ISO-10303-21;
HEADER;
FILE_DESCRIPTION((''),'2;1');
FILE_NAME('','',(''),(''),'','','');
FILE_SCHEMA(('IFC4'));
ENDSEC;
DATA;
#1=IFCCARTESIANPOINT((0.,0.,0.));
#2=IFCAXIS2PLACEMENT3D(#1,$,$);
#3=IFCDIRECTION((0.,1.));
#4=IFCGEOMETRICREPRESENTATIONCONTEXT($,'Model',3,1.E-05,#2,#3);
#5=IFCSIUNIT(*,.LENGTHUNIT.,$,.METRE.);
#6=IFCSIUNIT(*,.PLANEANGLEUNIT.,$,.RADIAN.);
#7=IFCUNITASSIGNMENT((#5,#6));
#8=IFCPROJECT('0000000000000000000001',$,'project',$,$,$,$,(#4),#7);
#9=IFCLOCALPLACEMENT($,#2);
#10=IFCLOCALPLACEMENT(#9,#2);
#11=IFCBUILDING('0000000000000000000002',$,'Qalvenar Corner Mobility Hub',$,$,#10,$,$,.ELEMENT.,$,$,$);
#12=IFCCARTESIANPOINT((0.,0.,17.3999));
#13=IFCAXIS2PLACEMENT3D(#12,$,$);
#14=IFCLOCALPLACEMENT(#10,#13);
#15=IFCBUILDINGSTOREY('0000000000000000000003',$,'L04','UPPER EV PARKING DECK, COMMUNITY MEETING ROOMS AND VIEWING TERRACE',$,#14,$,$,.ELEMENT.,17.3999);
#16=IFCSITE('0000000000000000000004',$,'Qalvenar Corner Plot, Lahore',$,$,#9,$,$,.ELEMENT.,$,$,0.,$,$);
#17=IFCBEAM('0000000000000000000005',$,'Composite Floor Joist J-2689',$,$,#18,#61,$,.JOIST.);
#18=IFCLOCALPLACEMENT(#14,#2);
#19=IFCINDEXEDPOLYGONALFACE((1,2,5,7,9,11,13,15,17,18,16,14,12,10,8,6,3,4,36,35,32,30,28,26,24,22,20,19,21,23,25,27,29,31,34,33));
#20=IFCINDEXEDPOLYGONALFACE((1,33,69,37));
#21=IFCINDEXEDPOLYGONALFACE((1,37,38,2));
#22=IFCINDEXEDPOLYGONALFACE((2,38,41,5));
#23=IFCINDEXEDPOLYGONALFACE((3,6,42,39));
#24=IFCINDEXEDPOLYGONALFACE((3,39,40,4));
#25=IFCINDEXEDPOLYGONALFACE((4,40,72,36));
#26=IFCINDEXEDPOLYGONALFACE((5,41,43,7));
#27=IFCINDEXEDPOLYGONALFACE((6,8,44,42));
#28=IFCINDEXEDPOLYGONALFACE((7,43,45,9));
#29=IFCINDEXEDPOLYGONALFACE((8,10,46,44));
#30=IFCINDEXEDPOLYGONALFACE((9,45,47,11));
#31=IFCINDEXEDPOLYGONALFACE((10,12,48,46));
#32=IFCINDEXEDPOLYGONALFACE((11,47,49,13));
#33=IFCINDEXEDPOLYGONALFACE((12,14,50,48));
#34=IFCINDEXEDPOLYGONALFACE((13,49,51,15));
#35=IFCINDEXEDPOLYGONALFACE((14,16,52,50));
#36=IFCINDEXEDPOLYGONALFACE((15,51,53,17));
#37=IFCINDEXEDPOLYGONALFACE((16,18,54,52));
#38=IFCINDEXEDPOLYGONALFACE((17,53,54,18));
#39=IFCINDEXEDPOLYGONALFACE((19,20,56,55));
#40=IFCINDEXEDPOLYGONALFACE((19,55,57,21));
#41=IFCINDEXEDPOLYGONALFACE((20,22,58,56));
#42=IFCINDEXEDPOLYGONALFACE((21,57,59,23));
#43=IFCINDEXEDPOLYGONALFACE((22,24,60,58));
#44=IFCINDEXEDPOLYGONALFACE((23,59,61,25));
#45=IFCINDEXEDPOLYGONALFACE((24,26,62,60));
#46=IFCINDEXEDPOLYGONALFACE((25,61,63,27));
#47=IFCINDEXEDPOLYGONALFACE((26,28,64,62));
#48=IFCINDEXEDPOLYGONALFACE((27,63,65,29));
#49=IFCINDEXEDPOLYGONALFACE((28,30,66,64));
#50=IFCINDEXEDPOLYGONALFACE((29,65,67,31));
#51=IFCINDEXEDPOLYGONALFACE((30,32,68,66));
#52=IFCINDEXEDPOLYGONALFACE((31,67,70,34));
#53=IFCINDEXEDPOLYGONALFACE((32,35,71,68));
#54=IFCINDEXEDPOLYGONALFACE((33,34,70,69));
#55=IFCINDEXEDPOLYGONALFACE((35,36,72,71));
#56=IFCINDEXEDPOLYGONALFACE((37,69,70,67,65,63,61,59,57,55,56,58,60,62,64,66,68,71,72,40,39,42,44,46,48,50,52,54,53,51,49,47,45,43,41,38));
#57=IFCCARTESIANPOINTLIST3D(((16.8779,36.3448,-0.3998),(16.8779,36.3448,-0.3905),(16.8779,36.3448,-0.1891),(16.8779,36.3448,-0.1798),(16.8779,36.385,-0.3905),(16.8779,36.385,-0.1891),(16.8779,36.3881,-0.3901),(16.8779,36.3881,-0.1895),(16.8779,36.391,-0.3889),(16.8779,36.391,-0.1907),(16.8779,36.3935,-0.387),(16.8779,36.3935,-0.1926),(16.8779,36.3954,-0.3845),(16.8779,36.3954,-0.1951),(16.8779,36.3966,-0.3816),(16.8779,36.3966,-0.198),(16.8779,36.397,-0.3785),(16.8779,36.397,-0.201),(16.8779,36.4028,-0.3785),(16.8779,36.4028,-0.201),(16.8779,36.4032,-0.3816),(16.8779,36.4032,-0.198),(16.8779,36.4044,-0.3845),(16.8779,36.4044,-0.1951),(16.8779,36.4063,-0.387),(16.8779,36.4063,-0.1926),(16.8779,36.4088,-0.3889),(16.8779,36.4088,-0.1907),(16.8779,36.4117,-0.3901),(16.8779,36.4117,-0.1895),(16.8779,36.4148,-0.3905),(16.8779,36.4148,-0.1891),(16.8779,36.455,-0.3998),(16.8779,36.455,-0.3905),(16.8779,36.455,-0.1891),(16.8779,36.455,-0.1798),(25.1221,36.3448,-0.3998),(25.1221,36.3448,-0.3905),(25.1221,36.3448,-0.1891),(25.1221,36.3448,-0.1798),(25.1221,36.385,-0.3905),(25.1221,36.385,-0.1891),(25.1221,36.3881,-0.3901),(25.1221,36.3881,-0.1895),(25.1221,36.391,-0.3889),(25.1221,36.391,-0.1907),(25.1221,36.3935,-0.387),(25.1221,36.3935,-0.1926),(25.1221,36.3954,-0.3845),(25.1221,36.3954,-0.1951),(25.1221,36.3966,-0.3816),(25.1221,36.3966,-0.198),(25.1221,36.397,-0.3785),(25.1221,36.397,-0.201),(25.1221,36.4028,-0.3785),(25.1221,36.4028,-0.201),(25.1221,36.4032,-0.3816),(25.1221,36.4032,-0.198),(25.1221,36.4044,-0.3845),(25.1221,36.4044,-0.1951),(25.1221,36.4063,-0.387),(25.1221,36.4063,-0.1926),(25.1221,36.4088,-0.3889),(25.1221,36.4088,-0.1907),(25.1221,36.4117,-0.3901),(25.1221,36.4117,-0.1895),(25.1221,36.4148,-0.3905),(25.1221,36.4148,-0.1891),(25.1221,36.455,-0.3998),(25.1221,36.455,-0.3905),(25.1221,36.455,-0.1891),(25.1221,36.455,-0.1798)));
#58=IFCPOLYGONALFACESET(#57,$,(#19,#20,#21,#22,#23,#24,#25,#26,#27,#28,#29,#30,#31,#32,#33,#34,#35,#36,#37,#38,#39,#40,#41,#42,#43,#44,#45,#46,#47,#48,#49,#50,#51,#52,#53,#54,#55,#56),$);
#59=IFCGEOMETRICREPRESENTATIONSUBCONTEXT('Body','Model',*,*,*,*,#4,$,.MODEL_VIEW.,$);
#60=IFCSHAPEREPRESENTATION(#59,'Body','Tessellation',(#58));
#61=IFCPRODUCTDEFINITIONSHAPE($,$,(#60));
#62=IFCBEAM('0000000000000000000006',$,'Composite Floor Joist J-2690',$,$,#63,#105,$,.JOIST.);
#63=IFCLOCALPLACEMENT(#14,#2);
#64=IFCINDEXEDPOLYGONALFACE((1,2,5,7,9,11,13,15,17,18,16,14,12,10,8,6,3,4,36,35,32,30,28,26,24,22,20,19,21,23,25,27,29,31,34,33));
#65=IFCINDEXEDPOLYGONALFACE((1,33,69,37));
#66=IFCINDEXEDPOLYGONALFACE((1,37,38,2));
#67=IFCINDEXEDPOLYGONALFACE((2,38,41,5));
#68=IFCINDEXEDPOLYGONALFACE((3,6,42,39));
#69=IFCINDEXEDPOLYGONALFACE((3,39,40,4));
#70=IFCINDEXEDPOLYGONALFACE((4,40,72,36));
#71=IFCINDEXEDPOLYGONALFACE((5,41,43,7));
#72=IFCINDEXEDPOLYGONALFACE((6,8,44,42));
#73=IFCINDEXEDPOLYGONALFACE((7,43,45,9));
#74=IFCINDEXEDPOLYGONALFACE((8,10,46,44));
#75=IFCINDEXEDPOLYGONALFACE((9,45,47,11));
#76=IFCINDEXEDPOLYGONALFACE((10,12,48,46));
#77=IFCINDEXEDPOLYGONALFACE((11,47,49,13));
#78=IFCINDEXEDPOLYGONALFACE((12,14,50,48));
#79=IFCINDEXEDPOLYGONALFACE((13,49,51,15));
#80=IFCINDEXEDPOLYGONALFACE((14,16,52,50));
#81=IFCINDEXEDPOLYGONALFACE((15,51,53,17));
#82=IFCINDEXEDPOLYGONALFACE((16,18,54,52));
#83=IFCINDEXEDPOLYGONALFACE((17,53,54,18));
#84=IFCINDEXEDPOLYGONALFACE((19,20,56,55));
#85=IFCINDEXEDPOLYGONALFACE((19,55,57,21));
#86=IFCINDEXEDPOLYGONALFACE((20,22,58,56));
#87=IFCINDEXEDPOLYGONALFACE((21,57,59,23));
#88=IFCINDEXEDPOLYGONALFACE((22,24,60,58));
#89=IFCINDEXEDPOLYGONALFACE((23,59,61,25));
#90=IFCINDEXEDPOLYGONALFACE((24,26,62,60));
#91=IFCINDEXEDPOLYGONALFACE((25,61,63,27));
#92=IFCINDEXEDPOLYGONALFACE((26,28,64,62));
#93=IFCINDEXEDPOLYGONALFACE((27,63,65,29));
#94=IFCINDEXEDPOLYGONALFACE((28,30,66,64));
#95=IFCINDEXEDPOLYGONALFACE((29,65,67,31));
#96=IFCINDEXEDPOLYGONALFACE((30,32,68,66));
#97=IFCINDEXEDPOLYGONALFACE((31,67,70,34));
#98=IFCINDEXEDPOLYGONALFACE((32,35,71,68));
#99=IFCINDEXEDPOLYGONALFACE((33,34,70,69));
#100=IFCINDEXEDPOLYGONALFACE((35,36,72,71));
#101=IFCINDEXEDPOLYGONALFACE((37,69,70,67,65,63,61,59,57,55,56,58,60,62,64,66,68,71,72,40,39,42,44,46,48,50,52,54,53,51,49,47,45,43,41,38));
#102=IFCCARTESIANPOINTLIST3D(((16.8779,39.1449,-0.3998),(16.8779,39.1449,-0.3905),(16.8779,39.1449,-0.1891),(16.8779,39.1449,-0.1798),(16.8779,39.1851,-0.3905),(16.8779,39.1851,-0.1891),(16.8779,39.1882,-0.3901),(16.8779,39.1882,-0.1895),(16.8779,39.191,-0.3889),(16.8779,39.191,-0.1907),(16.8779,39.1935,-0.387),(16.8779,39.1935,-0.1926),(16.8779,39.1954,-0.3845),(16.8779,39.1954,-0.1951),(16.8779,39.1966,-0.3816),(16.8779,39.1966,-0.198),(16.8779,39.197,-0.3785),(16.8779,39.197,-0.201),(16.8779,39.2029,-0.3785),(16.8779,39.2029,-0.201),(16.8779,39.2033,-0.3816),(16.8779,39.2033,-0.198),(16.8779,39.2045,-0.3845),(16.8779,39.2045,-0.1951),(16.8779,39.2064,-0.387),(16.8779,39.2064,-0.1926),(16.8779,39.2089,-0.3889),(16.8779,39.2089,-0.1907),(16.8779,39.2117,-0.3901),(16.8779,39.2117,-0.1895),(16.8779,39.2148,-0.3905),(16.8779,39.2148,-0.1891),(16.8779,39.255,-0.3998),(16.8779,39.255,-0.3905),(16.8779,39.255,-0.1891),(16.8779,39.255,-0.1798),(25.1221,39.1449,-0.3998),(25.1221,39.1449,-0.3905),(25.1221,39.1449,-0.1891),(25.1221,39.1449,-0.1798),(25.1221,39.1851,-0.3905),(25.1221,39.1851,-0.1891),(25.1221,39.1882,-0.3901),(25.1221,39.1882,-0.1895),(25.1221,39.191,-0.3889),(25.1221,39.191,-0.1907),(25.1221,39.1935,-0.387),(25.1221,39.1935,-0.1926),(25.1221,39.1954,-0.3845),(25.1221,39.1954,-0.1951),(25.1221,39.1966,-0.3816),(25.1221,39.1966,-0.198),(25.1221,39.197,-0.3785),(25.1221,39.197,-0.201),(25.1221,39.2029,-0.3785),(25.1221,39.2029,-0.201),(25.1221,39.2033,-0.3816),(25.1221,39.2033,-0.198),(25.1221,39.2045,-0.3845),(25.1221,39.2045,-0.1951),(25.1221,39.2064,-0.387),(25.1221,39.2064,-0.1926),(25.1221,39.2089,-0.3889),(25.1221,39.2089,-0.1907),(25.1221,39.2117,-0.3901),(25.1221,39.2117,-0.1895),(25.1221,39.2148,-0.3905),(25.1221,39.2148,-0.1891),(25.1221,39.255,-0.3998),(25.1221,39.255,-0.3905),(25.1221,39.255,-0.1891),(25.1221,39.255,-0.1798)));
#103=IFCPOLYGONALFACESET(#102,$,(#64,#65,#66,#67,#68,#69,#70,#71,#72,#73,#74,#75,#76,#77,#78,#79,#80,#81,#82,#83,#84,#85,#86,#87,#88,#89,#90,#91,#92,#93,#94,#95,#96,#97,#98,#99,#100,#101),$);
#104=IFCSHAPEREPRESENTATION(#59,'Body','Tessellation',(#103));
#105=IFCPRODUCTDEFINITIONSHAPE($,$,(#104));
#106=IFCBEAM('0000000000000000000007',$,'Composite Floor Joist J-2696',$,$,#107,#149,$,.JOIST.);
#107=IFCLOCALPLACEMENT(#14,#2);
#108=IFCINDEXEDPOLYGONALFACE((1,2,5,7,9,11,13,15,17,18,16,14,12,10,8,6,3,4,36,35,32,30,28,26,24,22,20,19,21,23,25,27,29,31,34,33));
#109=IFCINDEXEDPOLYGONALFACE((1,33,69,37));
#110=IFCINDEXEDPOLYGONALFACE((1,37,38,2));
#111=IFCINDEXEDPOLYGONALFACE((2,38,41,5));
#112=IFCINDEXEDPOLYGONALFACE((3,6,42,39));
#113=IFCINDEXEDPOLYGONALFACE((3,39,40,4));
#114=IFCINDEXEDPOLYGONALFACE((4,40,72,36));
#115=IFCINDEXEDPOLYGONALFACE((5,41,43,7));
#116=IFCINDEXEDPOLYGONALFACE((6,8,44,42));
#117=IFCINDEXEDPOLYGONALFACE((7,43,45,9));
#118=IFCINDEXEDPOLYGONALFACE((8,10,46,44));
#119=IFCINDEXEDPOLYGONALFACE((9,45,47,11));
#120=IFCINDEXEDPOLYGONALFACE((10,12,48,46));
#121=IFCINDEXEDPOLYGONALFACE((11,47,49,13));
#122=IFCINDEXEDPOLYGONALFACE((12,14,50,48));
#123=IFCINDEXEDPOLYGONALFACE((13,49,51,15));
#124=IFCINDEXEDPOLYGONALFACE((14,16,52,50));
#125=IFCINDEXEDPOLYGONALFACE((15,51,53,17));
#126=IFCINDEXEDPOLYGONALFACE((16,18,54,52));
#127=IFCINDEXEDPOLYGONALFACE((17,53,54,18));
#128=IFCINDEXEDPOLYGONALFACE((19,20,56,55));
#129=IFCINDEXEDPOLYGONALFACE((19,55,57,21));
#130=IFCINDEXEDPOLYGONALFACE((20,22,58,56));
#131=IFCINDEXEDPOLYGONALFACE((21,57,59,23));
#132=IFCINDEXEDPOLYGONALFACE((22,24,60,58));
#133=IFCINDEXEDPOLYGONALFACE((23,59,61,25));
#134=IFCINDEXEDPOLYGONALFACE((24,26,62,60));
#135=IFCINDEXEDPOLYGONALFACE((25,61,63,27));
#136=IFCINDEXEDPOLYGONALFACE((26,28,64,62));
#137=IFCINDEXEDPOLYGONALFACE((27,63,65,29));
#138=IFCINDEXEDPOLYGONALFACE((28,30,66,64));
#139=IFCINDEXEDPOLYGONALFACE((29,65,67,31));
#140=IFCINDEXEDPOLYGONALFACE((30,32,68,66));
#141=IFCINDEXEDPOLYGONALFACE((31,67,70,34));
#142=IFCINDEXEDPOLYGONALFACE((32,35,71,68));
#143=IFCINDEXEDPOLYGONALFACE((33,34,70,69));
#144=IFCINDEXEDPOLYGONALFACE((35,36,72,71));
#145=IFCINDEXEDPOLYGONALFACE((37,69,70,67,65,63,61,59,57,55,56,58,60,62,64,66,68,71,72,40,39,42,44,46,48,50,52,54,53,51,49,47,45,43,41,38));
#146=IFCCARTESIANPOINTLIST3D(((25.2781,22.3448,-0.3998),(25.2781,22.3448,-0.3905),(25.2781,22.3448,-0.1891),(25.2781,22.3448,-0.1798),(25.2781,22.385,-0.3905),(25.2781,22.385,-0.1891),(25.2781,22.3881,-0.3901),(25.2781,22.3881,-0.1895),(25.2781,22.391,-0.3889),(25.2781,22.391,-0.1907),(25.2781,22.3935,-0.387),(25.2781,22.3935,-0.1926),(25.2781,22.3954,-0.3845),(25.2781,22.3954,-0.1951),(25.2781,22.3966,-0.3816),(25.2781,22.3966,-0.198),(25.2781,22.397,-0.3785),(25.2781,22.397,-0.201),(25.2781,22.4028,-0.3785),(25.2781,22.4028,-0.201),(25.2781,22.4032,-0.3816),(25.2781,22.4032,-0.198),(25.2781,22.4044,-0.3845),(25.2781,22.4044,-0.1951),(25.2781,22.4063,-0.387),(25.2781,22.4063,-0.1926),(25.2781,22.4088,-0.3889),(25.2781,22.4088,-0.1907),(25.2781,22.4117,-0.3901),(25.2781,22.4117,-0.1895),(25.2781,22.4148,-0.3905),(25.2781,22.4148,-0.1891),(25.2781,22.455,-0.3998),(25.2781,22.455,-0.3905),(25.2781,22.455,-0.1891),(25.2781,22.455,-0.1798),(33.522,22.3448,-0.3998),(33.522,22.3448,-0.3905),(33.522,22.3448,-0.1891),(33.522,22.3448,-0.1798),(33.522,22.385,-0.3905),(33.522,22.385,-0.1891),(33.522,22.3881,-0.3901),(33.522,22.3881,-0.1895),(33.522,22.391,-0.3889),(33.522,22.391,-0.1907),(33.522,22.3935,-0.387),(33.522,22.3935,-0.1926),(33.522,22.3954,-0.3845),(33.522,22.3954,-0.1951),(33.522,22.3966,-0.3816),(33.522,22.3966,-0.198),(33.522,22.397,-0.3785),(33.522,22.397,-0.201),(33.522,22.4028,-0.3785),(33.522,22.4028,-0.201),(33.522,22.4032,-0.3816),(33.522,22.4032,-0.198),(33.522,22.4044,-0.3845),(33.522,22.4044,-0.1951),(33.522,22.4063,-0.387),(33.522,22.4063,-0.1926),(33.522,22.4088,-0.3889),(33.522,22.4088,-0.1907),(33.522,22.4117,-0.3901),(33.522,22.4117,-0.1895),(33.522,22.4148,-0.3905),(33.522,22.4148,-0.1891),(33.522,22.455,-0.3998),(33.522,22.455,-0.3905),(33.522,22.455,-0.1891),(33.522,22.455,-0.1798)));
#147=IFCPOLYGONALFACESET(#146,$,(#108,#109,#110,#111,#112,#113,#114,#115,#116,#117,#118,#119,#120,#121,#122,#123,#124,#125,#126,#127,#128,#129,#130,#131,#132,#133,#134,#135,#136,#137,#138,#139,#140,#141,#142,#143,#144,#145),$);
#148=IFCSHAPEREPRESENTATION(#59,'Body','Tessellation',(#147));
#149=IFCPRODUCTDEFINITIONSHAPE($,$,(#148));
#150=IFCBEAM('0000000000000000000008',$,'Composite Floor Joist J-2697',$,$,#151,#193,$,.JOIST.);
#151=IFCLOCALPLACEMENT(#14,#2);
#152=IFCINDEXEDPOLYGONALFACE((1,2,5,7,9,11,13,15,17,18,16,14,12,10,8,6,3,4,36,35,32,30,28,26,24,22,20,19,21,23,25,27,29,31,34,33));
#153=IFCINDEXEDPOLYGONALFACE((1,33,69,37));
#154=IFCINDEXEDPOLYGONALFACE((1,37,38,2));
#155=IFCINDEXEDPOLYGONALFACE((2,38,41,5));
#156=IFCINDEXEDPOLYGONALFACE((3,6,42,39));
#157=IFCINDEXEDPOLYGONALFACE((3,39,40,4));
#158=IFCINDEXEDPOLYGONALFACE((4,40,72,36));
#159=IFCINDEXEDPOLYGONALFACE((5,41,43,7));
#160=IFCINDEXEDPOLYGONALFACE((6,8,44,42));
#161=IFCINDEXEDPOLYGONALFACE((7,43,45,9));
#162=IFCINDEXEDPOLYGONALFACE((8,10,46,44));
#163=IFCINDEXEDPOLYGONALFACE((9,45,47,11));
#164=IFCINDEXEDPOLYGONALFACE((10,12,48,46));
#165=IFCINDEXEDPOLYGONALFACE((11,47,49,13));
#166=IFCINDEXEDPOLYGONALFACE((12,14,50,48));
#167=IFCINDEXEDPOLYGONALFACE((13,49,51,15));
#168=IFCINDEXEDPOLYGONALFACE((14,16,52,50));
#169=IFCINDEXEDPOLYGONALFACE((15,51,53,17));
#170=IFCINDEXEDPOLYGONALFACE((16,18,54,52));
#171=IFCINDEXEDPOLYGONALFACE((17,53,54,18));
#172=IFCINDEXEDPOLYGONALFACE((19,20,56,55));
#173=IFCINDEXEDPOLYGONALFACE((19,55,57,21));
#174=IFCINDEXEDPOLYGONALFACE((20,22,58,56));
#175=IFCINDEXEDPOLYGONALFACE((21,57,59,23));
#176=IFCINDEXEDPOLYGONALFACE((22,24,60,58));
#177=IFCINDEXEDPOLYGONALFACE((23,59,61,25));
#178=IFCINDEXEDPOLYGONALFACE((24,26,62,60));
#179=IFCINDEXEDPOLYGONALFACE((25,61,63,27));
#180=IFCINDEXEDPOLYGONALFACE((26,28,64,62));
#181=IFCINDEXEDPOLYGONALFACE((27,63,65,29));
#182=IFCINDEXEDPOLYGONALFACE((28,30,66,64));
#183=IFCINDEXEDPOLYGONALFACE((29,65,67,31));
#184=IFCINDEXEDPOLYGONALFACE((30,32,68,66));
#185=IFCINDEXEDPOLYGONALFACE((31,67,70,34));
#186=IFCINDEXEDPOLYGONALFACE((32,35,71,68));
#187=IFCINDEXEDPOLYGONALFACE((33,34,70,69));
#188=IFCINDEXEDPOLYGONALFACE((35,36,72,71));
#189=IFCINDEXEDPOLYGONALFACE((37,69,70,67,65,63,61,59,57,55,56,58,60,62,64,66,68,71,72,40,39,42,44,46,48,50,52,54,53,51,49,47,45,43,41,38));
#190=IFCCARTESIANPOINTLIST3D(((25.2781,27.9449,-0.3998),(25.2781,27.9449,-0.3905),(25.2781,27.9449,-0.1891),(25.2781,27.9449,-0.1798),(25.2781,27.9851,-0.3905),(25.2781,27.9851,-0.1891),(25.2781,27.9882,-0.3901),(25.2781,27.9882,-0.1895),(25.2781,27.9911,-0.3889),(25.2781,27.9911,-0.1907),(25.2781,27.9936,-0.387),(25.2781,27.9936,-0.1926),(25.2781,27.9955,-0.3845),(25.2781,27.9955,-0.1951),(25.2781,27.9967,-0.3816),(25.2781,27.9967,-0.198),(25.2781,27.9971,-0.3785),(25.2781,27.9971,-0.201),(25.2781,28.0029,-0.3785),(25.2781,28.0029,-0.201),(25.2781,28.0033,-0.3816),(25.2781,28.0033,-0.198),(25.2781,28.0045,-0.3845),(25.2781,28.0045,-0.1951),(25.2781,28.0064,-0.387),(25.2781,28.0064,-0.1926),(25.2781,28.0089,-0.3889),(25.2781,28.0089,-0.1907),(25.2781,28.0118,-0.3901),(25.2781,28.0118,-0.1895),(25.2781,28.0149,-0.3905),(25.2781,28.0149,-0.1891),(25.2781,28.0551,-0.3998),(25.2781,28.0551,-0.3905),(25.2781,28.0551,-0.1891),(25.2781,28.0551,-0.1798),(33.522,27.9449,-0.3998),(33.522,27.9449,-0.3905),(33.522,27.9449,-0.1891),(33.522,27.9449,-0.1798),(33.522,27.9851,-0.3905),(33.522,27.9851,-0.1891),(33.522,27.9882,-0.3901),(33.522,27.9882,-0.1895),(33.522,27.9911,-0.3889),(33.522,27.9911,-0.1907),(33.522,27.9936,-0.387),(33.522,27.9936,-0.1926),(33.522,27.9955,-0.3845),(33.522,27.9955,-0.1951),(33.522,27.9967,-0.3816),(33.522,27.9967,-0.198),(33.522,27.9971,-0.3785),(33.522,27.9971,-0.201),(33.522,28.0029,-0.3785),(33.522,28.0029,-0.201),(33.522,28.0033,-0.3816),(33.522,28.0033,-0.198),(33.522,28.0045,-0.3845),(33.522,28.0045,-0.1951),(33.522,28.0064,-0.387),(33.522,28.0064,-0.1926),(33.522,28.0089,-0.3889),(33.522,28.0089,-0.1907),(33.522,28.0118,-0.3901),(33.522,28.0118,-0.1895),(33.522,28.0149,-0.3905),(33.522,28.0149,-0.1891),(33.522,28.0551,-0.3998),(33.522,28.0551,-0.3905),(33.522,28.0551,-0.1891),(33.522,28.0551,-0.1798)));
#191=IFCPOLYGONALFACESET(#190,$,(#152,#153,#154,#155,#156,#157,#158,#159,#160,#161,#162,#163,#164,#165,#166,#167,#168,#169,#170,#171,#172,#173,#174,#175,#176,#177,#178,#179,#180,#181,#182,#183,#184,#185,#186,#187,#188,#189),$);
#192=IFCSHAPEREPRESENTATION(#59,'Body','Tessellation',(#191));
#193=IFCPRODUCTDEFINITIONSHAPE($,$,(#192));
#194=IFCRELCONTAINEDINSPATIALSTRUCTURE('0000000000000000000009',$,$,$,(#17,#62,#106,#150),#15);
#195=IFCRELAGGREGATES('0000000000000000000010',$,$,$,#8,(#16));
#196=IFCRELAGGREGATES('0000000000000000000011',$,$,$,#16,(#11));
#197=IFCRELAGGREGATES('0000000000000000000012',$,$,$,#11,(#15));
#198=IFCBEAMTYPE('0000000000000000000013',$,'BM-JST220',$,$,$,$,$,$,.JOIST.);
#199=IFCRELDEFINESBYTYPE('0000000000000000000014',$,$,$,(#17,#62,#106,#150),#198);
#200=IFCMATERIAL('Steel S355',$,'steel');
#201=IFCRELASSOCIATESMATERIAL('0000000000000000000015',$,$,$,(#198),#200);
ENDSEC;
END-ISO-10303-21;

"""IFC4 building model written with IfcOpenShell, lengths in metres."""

from ifc_helpers import new_model, si_unit, direction, frame, origin, origin_2d, place, context, subcontext, project, spatial, i_section, extrude, material, material_profile, profile_set, type_object, element, save


model = new_model("IFC4")

# Units and contexts
model_context = context("Model", 3, precision=1e-05, world=origin(), true_north=direction((0.0, 1.0)))
body_context = subcontext(model_context, "Body", "Model", "MODEL_VIEW")
ifc_project = project(units=[si_unit("LENGTHUNIT", "METRE"), si_unit("PLANEANGLEUNIT", "RADIAN")], contexts=[model_context])

# Site, building, storey
site_placement = place(None, origin())
site = spatial("IfcSite", under=ifc_project, at=site_placement, Name="Qalvenar Corner Plot, Lahore", CompositionType="ELEMENT", RefElevation=0.0)
building_placement = place(site_placement, origin())
building = spatial("IfcBuilding", under=site, at=building_placement, Name="Qalvenar Corner Mobility Hub", CompositionType="ELEMENT")
storey_placement = place(building_placement, frame((0.0, 0.0, 17.3999)))
storey = spatial("IfcBuildingStorey", under=building, at=storey_placement, Name="L04", Description="UPPER EV PARKING DECK, COMMUNITY MEETING ROOMS AND VIEWING TERRACE", CompositionType="ELEMENT", Elevation=17.3999)

# Shared definitions
ifc_material_1 = material(Name="Steel S355", Category="steel")

# Beams
ifc_material_profile_1 = material_profile(ifc_material_1, i_section(OverallWidth=0.1101, OverallDepth=0.22, WebThickness=0.0059, FlangeThickness=0.0093, FilletRadius=0.012, at=origin_2d()), Name="IPE220")
ifc_profile_set_1 = profile_set([ifc_material_profile_1], Name="Steel S355")
beam_type_1 = type_object("IfcBeamType", Name="BM-JST220", PredefinedType="JOIST", material=ifc_profile_set_1)
for number, where, z_axis, x_axis, name in (
    (1, (16.8779, 36.3999, -0.2898), (1.0, 0.0, 0.0), (0.0, 1.0, 0.0), "Composite Floor Joist J-2689"),
    (2, (16.8779, 39.2, -0.2898), (1.0, 0.0, 0.0), (0.0, 1.0, 0.0), "Composite Floor Joist J-2690"),
):
    element("IfcBeam", number, at=place(storey_placement, frame(where, z_axis=z_axis, x_axis=x_axis)), inside=storey, type_object=beam_type_1, Name=name, PredefinedType="JOIST", context=body_context, shape_type="SweptSolid", body=[
        extrude(i_section(OverallWidth=0.1101, OverallDepth=0.22, WebThickness=0.0059, FlangeThickness=0.0093, FilletRadius=0.012, at=origin_2d()), origin(), (0.0, 0.0, 1.0), 8.2441),
    ])
for number, where, z_axis, x_axis, name in (
    (3, (25.2781, 22.3999, -0.2898), (1.0, 0.0, 0.0), (0.0, 1.0, 0.0), "Composite Floor Joist J-2696"),
    (4, (25.2781, 28.0, -0.2898), (1.0, 0.0, 0.0), (0.0, 1.0, 0.0), "Composite Floor Joist J-2697"),
):
    element("IfcBeam", number, at=place(storey_placement, frame(where, z_axis=z_axis, x_axis=x_axis)), inside=storey, type_object=beam_type_1, Name=name, PredefinedType="JOIST", context=body_context, shape_type="SweptSolid", body=[
        extrude(i_section(OverallWidth=0.1101, OverallDepth=0.22, WebThickness=0.0059, FlangeThickness=0.0093, FilletRadius=0.012, at=origin_2d()), origin(), (0.0, 0.0, 1.0), 8.2439),
    ])

save(model, "model.ifc")
